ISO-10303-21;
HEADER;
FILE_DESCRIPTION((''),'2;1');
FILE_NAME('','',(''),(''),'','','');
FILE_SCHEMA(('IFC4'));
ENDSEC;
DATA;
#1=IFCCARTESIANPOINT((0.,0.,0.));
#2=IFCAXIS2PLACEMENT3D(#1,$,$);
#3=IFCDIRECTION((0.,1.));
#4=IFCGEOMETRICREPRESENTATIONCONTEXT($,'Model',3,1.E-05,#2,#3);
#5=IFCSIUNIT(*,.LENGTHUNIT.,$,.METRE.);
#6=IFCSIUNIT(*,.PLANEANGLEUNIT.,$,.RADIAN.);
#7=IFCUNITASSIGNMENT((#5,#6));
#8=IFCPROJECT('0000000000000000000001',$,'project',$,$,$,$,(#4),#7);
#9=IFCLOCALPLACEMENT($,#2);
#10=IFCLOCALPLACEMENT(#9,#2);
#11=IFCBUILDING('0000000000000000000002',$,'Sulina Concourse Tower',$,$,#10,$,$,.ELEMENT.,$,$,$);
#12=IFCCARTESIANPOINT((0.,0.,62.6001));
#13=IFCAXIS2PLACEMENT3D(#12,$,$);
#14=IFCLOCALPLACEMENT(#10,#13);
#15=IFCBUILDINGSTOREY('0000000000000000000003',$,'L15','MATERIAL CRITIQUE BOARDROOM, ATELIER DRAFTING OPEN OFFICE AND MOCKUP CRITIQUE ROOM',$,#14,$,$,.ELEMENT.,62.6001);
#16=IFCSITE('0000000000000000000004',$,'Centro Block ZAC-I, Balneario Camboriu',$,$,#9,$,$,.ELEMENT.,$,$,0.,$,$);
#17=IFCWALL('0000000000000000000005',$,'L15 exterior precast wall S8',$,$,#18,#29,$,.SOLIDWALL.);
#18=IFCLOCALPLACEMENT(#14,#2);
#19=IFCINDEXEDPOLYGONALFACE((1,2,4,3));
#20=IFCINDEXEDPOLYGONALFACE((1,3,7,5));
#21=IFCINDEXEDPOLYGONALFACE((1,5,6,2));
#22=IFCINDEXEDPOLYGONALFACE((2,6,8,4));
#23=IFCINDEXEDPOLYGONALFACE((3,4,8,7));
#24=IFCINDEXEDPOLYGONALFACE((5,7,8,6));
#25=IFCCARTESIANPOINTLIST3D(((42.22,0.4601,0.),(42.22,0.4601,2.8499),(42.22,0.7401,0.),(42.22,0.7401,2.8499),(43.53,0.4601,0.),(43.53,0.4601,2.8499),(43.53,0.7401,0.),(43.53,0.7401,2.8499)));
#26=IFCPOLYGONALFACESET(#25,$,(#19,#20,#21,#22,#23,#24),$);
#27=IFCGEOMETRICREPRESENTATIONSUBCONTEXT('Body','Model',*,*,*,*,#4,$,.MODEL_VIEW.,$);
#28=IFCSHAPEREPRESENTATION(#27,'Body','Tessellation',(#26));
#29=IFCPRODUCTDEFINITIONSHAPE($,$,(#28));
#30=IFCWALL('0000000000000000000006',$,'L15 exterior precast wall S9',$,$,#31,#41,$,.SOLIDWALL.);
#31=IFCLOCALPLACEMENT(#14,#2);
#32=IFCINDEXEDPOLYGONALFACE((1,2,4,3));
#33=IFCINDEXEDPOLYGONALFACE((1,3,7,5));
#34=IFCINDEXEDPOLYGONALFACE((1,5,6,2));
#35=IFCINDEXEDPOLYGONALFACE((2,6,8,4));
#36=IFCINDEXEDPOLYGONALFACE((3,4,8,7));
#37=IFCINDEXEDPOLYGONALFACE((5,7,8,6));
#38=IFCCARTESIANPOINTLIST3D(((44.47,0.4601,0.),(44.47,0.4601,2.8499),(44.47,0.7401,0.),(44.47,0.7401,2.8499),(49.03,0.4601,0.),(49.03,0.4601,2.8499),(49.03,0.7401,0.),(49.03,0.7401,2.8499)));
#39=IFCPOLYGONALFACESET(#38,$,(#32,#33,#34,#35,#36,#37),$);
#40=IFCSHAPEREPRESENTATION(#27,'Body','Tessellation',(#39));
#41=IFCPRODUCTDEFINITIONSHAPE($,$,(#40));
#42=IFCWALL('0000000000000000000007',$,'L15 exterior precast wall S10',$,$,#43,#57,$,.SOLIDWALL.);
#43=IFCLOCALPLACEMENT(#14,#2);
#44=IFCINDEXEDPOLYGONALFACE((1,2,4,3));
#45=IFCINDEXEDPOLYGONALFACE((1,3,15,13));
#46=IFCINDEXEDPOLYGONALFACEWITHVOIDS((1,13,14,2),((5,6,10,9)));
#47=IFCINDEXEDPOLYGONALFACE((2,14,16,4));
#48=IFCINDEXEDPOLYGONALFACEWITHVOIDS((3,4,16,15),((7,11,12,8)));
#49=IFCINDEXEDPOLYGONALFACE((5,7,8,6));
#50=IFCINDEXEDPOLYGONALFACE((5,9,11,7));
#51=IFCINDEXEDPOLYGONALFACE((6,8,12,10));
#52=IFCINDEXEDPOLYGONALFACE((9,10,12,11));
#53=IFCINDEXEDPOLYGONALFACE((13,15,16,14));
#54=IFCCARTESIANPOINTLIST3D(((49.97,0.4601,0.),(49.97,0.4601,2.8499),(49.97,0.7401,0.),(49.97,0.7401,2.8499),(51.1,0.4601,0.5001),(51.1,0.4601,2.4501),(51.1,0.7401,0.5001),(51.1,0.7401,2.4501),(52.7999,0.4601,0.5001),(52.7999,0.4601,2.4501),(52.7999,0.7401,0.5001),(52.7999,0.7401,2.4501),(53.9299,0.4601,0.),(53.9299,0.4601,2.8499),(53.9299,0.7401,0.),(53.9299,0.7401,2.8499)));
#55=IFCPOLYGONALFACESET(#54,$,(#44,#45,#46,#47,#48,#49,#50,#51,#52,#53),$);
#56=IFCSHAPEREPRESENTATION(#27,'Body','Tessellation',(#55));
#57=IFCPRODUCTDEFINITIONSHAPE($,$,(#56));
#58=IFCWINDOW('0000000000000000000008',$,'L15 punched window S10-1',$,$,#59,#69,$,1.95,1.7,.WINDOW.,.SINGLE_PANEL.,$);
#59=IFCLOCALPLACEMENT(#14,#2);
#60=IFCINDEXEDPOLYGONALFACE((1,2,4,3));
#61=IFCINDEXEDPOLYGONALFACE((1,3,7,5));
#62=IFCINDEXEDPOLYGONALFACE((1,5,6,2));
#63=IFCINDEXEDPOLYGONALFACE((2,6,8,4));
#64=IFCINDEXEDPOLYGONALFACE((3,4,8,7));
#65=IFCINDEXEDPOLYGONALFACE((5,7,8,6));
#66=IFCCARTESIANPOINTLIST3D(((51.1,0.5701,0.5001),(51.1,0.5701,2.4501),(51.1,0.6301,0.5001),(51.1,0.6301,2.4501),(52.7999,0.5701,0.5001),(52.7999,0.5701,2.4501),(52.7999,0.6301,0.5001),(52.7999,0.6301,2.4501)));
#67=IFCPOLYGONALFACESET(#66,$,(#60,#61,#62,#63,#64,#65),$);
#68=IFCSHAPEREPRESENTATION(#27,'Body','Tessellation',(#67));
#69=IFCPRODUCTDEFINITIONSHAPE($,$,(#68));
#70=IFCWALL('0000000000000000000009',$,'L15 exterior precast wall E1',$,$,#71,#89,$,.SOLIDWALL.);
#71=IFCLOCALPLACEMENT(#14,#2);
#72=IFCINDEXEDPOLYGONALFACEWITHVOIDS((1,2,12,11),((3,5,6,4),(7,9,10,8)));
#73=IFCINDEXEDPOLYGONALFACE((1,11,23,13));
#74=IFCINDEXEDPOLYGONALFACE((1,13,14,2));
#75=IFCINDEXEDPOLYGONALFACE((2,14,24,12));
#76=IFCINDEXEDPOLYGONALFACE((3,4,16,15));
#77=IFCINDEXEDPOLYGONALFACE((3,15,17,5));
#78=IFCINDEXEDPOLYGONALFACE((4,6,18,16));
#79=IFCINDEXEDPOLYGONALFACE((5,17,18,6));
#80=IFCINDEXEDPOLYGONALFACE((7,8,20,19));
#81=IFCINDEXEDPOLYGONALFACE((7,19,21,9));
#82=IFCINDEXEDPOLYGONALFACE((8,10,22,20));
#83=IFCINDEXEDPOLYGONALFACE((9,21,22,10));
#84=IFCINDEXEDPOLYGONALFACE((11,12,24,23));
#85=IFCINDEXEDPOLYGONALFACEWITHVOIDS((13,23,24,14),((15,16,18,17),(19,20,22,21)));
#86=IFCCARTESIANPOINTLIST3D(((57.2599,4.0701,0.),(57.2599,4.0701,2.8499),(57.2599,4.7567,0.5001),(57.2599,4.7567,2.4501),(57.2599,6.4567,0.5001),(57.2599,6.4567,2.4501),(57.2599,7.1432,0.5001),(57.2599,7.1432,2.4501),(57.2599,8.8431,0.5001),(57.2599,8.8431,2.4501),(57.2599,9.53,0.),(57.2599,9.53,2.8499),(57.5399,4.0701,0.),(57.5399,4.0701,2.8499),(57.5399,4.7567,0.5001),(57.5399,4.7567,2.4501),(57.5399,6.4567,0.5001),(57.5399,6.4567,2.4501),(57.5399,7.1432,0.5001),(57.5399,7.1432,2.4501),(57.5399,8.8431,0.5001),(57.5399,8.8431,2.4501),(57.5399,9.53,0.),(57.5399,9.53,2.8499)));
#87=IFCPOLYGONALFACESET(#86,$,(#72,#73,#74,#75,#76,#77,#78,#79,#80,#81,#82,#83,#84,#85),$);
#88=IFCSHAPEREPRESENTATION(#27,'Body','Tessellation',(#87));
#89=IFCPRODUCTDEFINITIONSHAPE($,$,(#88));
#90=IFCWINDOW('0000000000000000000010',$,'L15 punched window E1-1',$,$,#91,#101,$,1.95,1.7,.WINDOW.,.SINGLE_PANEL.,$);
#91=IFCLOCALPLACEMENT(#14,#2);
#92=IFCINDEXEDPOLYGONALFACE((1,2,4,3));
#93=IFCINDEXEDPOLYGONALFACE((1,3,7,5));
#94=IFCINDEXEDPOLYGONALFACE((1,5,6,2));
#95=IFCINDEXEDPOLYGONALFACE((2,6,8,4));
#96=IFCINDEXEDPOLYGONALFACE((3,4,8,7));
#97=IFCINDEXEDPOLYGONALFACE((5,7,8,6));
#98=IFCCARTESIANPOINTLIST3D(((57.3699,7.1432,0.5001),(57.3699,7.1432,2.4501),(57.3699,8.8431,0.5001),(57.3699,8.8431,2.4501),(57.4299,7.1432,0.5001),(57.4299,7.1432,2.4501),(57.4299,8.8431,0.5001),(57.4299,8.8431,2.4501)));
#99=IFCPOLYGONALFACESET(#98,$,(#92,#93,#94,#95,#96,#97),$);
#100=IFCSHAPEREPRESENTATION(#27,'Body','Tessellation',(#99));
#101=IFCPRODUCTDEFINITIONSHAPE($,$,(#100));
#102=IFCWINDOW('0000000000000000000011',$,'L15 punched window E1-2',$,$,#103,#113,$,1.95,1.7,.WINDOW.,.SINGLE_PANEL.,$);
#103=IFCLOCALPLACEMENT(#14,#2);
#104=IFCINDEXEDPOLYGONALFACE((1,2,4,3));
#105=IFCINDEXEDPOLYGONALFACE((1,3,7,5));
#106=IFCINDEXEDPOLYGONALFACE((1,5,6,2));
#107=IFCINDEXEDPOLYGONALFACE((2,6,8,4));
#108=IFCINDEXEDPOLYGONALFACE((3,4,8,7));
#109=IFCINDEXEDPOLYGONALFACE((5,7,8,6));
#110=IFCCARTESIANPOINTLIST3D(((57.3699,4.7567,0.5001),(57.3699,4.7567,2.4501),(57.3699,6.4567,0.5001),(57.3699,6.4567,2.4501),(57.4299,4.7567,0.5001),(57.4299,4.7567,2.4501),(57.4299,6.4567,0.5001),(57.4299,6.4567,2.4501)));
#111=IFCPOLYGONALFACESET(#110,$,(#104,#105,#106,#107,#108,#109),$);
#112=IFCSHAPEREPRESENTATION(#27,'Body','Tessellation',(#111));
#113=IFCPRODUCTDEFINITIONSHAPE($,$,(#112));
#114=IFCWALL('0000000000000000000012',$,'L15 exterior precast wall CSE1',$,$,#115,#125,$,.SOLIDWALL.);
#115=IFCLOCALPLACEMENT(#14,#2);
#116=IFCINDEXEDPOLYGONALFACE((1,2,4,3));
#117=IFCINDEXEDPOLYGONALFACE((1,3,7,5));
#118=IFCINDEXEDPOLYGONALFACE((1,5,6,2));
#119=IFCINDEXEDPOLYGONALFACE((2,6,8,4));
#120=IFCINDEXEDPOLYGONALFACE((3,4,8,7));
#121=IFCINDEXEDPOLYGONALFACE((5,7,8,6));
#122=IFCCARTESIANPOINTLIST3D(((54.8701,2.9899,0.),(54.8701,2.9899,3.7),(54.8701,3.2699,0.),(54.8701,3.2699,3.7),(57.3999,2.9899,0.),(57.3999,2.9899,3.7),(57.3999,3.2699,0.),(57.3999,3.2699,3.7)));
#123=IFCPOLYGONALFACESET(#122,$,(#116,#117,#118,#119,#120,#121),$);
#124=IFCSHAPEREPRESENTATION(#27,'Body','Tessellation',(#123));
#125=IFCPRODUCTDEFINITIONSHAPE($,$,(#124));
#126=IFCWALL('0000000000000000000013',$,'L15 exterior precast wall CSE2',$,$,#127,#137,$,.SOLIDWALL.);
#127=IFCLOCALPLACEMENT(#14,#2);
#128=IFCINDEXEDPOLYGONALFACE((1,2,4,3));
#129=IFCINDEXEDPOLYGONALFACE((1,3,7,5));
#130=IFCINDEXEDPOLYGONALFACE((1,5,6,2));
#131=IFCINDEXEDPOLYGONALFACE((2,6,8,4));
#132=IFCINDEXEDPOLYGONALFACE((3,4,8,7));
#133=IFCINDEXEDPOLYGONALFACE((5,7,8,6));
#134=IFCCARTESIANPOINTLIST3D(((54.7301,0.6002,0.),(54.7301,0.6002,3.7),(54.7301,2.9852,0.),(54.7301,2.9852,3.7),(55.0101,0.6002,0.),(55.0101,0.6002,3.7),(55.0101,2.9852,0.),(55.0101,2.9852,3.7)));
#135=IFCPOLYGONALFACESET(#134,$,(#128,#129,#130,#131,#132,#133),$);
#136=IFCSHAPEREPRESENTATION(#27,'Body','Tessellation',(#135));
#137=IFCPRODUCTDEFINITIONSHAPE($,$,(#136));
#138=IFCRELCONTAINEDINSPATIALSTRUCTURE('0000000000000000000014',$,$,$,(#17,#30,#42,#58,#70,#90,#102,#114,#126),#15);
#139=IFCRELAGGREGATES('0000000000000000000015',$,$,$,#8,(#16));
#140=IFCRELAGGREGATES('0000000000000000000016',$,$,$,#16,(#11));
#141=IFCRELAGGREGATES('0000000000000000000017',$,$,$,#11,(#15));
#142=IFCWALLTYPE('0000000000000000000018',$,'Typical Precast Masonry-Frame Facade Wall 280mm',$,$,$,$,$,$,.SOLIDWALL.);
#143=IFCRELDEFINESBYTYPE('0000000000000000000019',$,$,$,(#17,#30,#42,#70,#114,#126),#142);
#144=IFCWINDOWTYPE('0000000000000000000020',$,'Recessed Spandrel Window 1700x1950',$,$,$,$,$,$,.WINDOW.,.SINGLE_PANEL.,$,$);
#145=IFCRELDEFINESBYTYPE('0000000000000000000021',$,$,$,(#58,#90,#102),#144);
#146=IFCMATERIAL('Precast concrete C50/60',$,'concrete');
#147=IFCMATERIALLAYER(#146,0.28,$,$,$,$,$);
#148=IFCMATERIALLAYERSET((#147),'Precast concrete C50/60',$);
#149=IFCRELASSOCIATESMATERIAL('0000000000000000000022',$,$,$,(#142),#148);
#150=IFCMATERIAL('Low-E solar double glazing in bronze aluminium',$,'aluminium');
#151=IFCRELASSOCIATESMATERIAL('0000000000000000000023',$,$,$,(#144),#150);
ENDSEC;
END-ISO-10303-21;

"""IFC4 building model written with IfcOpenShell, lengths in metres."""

from ifc_helpers import new_model, si_unit, direction, frame, frame_2d, origin, place, context, subcontext, project, spatial, rectangle, extrude, material, layer, layer_set, type_object, element, fill, save


model = new_model("IFC4")

# Units and contexts
model_context = context("Model", 3, precision=1e-05, world=origin(), true_north=direction((0.0, 1.0)))
body_context = subcontext(model_context, "Body", "Model", "MODEL_VIEW")
ifc_project = project(units=[si_unit("LENGTHUNIT", "METRE"), si_unit("PLANEANGLEUNIT", "RADIAN")], contexts=[model_context])

# Site, building, storey
site_placement = place(None, origin())
site = spatial("IfcSite", under=ifc_project, at=site_placement, Name="Centro Block ZAC-I, Balneario Camboriu", CompositionType="ELEMENT", RefElevation=0.0)
building_placement = place(site_placement, origin())
building = spatial("IfcBuilding", under=site, at=building_placement, Name="Sulina Concourse Tower", CompositionType="ELEMENT")
storey_placement = place(building_placement, frame((0.0, 0.0, 62.6001)))
storey = spatial("IfcBuildingStorey", under=building, at=storey_placement, Name="L15", Description="MATERIAL CRITIQUE BOARDROOM, ATELIER DRAFTING OPEN OFFICE AND MOCKUP CRITIQUE ROOM", CompositionType="ELEMENT", Elevation=62.6001)

# Walls
ifc_material_1 = material(Name="Precast concrete C50/60", Category="concrete")
ifc_layer_1 = layer(ifc_material_1, 0.28)
ifc_layer_set_1 = layer_set([ifc_layer_1], Name="Precast concrete C50/60")
wall_type_1 = type_object("IfcWallType", Name="Typical Precast Masonry-Frame Facade Wall 280mm", PredefinedType="SOLIDWALL", material=ifc_layer_set_1)
wall_1_placement = place(storey_placement, frame((43.53, 0.6001, 0.0), z_axis=(0.0, 0.0, 1.0), x_axis=(-1.0, 0.0, 0.0)))
element("IfcWall", 1, at=wall_1_placement, inside=storey, type_object=wall_type_1, Name="L15 exterior precast wall S8", PredefinedType="SOLIDWALL", context=body_context, shape_type="SweptSolid", body=[
    extrude(rectangle(XDim=1.3101, YDim=0.28, at=frame_2d((0.655, 0.0))), origin(), (0.0, 0.0, 1.0), 2.8499),
])
wall_2_placement = place(storey_placement, frame((49.03, 0.6001, 0.0), z_axis=(0.0, 0.0, 1.0), x_axis=(-1.0, 0.0, 0.0)))
element("IfcWall", 2, at=wall_2_placement, inside=storey, type_object=wall_type_1, Name="L15 exterior precast wall S9", PredefinedType="SOLIDWALL", context=body_context, shape_type="SweptSolid", body=[
    extrude(rectangle(XDim=4.5601, YDim=0.28, at=frame_2d((2.28, 0.0))), origin(), (0.0, 0.0, 1.0), 2.8499),
])

# Wall, opening, window
wall_3_placement = place(storey_placement, frame((53.9299, 0.6001, 0.0), z_axis=(0.0, 0.0, 1.0), x_axis=(-1.0, 0.0, 0.0)))
wall_3 = element("IfcWall", 3, at=wall_3_placement, inside=storey, type_object=wall_type_1, Name="L15 exterior precast wall S10", PredefinedType="SOLIDWALL", context=body_context, shape_type="SweptSolid", body=[
    extrude(rectangle(XDim=3.96, YDim=0.28, at=frame_2d((1.98, 0.0))), origin(), (0.0, 0.0, 1.0), 2.8499),
])
opening_1_placement = place(wall_3_placement, frame((1.1299, 0.0, 0.5)))
opening_1 = element("IfcOpeningElement", 4, at=opening_1_placement, cuts=wall_3, PredefinedType="OPENING", context=body_context, shape_type="SweptSolid", body=[
    extrude(rectangle(XDim=1.7, YDim=1.95, at=frame_2d((0.8501, 0.9751))), frame((0.0, 0.1499, 0.0), z_axis=(0.0, -1.0, 0.0), x_axis=(1.0, 0.0, 0.0)), (0.0, 0.0, 1.0), 0.3),
])
ifc_material_2 = material(Name="Low-E solar double glazing in bronze aluminium", Category="aluminium")
window_type = type_object("IfcWindowType", Name="Recessed Spandrel Window 1700x1950", PartitioningType="SINGLE_PANEL", PredefinedType="WINDOW", material=ifc_material_2)
window_1_placement = place(opening_1_placement, origin())
window_1 = element("IfcWindow", 5, at=window_1_placement, inside=storey, type_object=window_type, Name="L15 punched window S10-1", OverallHeight=1.95, OverallWidth=1.7, PartitioningType="SINGLE_PANEL", PredefinedType="WINDOW", context=body_context, shape_type="SweptSolid", body=[
    extrude(rectangle(XDim=1.7, YDim=1.95, at=frame_2d((0.8501, 0.9751))), frame((0.0, 0.03, 0.0), z_axis=(0.0, -1.0, 0.0), x_axis=(1.0, 0.0, 0.0)), (0.0, 0.0, 1.0), 0.0601),
])
fill(opening_1, window_1)

# Wall, openings, windows
wall_4_placement = place(storey_placement, frame((57.3999, 9.53, 0.0), z_axis=(0.0, 0.0, 1.0), x_axis=(0.0, -1.0, 0.0)))
wall_4 = element("IfcWall", 6, at=wall_4_placement, inside=storey, type_object=wall_type_1, Name="L15 exterior precast wall E1", PredefinedType="SOLIDWALL", context=body_context, shape_type="SweptSolid", body=[
    extrude(rectangle(XDim=5.46, YDim=0.28, at=frame_2d((2.73, 0.0))), origin(), (0.0, 0.0, 1.0), 2.8499),
])
opening_2_placement = place(wall_4_placement, frame((0.6868, 0.0, 0.5)))
opening_2 = element("IfcOpeningElement", 7, at=opening_2_placement, cuts=wall_4, PredefinedType="OPENING", context=body_context, shape_type="SweptSolid", body=[
    extrude(rectangle(XDim=1.7, YDim=1.95, at=frame_2d((0.8501, 0.9751))), frame((0.0, 0.1499, 0.0), z_axis=(0.0, -1.0, 0.0), x_axis=(1.0, 0.0, 0.0)), (0.0, 0.0, 1.0), 0.3),
])
opening_3_placement = place(wall_4_placement, frame((3.0732, 0.0, 0.5)))
opening_3 = element("IfcOpeningElement", 8, at=opening_3_placement, cuts=wall_4, PredefinedType="OPENING", context=body_context, shape_type="SweptSolid", body=[
    extrude(rectangle(XDim=1.7, YDim=1.95, at=frame_2d((0.8501, 0.9751))), frame((0.0, 0.1499, 0.0), z_axis=(0.0, -1.0, 0.0), x_axis=(1.0, 0.0, 0.0)), (0.0, 0.0, 1.0), 0.3),
])
window_2_placement = place(opening_2_placement, origin())
window_2 = element("IfcWindow", 9, at=window_2_placement, inside=storey, type_object=window_type, Name="L15 punched window E1-1", OverallHeight=1.95, OverallWidth=1.7, PartitioningType="SINGLE_PANEL", PredefinedType="WINDOW", context=body_context, shape_type="SweptSolid", body=[
    extrude(rectangle(XDim=1.7, YDim=1.95, at=frame_2d((0.8501, 0.9751))), frame((0.0, 0.03, 0.0), z_axis=(0.0, -1.0, 0.0), x_axis=(1.0, 0.0, 0.0)), (0.0, 0.0, 1.0), 0.0601),
])
fill(opening_2, window_2)
window_3_placement = place(opening_3_placement, origin())
window_3 = element("IfcWindow", 10, at=window_3_placement, inside=storey, type_object=window_type, Name="L15 punched window E1-2", OverallHeight=1.95, OverallWidth=1.7, PartitioningType="SINGLE_PANEL", PredefinedType="WINDOW", context=body_context, shape_type="SweptSolid", body=[
    extrude(rectangle(XDim=1.7, YDim=1.95, at=frame_2d((0.8501, 0.9751))), frame((0.0, 0.03, 0.0), z_axis=(0.0, -1.0, 0.0), x_axis=(1.0, 0.0, 0.0)), (0.0, 0.0, 1.0), 0.0601),
])
fill(opening_3, window_3)

# Walls
wall_5_placement = place(storey_placement, frame((57.3999, 3.1299, 0.0), z_axis=(0.0, 0.0, 1.0), x_axis=(-1.0, 0.0, 0.0)))
element("IfcWall", 11, at=wall_5_placement, inside=storey, type_object=wall_type_1, Name="L15 exterior precast wall CSE1", PredefinedType="SOLIDWALL", context=body_context, shape_type="SweptSolid", body=[
    extrude(rectangle(XDim=2.5298, YDim=0.28, at=frame_2d((1.2649, 0.0))), origin(), (0.0, 0.0, 1.0), 3.7),
])
wall_6_placement = place(storey_placement, frame((54.8701, 2.9851, 0.0), z_axis=(0.0, 0.0, 1.0), x_axis=(0.0, -1.0, 0.0)))
element("IfcWall", 12, at=wall_6_placement, inside=storey, type_object=wall_type_1, Name="L15 exterior precast wall CSE2", PredefinedType="SOLIDWALL", context=body_context, shape_type="SweptSolid", body=[
    extrude(rectangle(XDim=2.385, YDim=0.28, at=frame_2d((1.1924, 0.0))), origin(), (0.0, 0.0, 1.0), 3.7),
])

save(model, "model.ifc")
